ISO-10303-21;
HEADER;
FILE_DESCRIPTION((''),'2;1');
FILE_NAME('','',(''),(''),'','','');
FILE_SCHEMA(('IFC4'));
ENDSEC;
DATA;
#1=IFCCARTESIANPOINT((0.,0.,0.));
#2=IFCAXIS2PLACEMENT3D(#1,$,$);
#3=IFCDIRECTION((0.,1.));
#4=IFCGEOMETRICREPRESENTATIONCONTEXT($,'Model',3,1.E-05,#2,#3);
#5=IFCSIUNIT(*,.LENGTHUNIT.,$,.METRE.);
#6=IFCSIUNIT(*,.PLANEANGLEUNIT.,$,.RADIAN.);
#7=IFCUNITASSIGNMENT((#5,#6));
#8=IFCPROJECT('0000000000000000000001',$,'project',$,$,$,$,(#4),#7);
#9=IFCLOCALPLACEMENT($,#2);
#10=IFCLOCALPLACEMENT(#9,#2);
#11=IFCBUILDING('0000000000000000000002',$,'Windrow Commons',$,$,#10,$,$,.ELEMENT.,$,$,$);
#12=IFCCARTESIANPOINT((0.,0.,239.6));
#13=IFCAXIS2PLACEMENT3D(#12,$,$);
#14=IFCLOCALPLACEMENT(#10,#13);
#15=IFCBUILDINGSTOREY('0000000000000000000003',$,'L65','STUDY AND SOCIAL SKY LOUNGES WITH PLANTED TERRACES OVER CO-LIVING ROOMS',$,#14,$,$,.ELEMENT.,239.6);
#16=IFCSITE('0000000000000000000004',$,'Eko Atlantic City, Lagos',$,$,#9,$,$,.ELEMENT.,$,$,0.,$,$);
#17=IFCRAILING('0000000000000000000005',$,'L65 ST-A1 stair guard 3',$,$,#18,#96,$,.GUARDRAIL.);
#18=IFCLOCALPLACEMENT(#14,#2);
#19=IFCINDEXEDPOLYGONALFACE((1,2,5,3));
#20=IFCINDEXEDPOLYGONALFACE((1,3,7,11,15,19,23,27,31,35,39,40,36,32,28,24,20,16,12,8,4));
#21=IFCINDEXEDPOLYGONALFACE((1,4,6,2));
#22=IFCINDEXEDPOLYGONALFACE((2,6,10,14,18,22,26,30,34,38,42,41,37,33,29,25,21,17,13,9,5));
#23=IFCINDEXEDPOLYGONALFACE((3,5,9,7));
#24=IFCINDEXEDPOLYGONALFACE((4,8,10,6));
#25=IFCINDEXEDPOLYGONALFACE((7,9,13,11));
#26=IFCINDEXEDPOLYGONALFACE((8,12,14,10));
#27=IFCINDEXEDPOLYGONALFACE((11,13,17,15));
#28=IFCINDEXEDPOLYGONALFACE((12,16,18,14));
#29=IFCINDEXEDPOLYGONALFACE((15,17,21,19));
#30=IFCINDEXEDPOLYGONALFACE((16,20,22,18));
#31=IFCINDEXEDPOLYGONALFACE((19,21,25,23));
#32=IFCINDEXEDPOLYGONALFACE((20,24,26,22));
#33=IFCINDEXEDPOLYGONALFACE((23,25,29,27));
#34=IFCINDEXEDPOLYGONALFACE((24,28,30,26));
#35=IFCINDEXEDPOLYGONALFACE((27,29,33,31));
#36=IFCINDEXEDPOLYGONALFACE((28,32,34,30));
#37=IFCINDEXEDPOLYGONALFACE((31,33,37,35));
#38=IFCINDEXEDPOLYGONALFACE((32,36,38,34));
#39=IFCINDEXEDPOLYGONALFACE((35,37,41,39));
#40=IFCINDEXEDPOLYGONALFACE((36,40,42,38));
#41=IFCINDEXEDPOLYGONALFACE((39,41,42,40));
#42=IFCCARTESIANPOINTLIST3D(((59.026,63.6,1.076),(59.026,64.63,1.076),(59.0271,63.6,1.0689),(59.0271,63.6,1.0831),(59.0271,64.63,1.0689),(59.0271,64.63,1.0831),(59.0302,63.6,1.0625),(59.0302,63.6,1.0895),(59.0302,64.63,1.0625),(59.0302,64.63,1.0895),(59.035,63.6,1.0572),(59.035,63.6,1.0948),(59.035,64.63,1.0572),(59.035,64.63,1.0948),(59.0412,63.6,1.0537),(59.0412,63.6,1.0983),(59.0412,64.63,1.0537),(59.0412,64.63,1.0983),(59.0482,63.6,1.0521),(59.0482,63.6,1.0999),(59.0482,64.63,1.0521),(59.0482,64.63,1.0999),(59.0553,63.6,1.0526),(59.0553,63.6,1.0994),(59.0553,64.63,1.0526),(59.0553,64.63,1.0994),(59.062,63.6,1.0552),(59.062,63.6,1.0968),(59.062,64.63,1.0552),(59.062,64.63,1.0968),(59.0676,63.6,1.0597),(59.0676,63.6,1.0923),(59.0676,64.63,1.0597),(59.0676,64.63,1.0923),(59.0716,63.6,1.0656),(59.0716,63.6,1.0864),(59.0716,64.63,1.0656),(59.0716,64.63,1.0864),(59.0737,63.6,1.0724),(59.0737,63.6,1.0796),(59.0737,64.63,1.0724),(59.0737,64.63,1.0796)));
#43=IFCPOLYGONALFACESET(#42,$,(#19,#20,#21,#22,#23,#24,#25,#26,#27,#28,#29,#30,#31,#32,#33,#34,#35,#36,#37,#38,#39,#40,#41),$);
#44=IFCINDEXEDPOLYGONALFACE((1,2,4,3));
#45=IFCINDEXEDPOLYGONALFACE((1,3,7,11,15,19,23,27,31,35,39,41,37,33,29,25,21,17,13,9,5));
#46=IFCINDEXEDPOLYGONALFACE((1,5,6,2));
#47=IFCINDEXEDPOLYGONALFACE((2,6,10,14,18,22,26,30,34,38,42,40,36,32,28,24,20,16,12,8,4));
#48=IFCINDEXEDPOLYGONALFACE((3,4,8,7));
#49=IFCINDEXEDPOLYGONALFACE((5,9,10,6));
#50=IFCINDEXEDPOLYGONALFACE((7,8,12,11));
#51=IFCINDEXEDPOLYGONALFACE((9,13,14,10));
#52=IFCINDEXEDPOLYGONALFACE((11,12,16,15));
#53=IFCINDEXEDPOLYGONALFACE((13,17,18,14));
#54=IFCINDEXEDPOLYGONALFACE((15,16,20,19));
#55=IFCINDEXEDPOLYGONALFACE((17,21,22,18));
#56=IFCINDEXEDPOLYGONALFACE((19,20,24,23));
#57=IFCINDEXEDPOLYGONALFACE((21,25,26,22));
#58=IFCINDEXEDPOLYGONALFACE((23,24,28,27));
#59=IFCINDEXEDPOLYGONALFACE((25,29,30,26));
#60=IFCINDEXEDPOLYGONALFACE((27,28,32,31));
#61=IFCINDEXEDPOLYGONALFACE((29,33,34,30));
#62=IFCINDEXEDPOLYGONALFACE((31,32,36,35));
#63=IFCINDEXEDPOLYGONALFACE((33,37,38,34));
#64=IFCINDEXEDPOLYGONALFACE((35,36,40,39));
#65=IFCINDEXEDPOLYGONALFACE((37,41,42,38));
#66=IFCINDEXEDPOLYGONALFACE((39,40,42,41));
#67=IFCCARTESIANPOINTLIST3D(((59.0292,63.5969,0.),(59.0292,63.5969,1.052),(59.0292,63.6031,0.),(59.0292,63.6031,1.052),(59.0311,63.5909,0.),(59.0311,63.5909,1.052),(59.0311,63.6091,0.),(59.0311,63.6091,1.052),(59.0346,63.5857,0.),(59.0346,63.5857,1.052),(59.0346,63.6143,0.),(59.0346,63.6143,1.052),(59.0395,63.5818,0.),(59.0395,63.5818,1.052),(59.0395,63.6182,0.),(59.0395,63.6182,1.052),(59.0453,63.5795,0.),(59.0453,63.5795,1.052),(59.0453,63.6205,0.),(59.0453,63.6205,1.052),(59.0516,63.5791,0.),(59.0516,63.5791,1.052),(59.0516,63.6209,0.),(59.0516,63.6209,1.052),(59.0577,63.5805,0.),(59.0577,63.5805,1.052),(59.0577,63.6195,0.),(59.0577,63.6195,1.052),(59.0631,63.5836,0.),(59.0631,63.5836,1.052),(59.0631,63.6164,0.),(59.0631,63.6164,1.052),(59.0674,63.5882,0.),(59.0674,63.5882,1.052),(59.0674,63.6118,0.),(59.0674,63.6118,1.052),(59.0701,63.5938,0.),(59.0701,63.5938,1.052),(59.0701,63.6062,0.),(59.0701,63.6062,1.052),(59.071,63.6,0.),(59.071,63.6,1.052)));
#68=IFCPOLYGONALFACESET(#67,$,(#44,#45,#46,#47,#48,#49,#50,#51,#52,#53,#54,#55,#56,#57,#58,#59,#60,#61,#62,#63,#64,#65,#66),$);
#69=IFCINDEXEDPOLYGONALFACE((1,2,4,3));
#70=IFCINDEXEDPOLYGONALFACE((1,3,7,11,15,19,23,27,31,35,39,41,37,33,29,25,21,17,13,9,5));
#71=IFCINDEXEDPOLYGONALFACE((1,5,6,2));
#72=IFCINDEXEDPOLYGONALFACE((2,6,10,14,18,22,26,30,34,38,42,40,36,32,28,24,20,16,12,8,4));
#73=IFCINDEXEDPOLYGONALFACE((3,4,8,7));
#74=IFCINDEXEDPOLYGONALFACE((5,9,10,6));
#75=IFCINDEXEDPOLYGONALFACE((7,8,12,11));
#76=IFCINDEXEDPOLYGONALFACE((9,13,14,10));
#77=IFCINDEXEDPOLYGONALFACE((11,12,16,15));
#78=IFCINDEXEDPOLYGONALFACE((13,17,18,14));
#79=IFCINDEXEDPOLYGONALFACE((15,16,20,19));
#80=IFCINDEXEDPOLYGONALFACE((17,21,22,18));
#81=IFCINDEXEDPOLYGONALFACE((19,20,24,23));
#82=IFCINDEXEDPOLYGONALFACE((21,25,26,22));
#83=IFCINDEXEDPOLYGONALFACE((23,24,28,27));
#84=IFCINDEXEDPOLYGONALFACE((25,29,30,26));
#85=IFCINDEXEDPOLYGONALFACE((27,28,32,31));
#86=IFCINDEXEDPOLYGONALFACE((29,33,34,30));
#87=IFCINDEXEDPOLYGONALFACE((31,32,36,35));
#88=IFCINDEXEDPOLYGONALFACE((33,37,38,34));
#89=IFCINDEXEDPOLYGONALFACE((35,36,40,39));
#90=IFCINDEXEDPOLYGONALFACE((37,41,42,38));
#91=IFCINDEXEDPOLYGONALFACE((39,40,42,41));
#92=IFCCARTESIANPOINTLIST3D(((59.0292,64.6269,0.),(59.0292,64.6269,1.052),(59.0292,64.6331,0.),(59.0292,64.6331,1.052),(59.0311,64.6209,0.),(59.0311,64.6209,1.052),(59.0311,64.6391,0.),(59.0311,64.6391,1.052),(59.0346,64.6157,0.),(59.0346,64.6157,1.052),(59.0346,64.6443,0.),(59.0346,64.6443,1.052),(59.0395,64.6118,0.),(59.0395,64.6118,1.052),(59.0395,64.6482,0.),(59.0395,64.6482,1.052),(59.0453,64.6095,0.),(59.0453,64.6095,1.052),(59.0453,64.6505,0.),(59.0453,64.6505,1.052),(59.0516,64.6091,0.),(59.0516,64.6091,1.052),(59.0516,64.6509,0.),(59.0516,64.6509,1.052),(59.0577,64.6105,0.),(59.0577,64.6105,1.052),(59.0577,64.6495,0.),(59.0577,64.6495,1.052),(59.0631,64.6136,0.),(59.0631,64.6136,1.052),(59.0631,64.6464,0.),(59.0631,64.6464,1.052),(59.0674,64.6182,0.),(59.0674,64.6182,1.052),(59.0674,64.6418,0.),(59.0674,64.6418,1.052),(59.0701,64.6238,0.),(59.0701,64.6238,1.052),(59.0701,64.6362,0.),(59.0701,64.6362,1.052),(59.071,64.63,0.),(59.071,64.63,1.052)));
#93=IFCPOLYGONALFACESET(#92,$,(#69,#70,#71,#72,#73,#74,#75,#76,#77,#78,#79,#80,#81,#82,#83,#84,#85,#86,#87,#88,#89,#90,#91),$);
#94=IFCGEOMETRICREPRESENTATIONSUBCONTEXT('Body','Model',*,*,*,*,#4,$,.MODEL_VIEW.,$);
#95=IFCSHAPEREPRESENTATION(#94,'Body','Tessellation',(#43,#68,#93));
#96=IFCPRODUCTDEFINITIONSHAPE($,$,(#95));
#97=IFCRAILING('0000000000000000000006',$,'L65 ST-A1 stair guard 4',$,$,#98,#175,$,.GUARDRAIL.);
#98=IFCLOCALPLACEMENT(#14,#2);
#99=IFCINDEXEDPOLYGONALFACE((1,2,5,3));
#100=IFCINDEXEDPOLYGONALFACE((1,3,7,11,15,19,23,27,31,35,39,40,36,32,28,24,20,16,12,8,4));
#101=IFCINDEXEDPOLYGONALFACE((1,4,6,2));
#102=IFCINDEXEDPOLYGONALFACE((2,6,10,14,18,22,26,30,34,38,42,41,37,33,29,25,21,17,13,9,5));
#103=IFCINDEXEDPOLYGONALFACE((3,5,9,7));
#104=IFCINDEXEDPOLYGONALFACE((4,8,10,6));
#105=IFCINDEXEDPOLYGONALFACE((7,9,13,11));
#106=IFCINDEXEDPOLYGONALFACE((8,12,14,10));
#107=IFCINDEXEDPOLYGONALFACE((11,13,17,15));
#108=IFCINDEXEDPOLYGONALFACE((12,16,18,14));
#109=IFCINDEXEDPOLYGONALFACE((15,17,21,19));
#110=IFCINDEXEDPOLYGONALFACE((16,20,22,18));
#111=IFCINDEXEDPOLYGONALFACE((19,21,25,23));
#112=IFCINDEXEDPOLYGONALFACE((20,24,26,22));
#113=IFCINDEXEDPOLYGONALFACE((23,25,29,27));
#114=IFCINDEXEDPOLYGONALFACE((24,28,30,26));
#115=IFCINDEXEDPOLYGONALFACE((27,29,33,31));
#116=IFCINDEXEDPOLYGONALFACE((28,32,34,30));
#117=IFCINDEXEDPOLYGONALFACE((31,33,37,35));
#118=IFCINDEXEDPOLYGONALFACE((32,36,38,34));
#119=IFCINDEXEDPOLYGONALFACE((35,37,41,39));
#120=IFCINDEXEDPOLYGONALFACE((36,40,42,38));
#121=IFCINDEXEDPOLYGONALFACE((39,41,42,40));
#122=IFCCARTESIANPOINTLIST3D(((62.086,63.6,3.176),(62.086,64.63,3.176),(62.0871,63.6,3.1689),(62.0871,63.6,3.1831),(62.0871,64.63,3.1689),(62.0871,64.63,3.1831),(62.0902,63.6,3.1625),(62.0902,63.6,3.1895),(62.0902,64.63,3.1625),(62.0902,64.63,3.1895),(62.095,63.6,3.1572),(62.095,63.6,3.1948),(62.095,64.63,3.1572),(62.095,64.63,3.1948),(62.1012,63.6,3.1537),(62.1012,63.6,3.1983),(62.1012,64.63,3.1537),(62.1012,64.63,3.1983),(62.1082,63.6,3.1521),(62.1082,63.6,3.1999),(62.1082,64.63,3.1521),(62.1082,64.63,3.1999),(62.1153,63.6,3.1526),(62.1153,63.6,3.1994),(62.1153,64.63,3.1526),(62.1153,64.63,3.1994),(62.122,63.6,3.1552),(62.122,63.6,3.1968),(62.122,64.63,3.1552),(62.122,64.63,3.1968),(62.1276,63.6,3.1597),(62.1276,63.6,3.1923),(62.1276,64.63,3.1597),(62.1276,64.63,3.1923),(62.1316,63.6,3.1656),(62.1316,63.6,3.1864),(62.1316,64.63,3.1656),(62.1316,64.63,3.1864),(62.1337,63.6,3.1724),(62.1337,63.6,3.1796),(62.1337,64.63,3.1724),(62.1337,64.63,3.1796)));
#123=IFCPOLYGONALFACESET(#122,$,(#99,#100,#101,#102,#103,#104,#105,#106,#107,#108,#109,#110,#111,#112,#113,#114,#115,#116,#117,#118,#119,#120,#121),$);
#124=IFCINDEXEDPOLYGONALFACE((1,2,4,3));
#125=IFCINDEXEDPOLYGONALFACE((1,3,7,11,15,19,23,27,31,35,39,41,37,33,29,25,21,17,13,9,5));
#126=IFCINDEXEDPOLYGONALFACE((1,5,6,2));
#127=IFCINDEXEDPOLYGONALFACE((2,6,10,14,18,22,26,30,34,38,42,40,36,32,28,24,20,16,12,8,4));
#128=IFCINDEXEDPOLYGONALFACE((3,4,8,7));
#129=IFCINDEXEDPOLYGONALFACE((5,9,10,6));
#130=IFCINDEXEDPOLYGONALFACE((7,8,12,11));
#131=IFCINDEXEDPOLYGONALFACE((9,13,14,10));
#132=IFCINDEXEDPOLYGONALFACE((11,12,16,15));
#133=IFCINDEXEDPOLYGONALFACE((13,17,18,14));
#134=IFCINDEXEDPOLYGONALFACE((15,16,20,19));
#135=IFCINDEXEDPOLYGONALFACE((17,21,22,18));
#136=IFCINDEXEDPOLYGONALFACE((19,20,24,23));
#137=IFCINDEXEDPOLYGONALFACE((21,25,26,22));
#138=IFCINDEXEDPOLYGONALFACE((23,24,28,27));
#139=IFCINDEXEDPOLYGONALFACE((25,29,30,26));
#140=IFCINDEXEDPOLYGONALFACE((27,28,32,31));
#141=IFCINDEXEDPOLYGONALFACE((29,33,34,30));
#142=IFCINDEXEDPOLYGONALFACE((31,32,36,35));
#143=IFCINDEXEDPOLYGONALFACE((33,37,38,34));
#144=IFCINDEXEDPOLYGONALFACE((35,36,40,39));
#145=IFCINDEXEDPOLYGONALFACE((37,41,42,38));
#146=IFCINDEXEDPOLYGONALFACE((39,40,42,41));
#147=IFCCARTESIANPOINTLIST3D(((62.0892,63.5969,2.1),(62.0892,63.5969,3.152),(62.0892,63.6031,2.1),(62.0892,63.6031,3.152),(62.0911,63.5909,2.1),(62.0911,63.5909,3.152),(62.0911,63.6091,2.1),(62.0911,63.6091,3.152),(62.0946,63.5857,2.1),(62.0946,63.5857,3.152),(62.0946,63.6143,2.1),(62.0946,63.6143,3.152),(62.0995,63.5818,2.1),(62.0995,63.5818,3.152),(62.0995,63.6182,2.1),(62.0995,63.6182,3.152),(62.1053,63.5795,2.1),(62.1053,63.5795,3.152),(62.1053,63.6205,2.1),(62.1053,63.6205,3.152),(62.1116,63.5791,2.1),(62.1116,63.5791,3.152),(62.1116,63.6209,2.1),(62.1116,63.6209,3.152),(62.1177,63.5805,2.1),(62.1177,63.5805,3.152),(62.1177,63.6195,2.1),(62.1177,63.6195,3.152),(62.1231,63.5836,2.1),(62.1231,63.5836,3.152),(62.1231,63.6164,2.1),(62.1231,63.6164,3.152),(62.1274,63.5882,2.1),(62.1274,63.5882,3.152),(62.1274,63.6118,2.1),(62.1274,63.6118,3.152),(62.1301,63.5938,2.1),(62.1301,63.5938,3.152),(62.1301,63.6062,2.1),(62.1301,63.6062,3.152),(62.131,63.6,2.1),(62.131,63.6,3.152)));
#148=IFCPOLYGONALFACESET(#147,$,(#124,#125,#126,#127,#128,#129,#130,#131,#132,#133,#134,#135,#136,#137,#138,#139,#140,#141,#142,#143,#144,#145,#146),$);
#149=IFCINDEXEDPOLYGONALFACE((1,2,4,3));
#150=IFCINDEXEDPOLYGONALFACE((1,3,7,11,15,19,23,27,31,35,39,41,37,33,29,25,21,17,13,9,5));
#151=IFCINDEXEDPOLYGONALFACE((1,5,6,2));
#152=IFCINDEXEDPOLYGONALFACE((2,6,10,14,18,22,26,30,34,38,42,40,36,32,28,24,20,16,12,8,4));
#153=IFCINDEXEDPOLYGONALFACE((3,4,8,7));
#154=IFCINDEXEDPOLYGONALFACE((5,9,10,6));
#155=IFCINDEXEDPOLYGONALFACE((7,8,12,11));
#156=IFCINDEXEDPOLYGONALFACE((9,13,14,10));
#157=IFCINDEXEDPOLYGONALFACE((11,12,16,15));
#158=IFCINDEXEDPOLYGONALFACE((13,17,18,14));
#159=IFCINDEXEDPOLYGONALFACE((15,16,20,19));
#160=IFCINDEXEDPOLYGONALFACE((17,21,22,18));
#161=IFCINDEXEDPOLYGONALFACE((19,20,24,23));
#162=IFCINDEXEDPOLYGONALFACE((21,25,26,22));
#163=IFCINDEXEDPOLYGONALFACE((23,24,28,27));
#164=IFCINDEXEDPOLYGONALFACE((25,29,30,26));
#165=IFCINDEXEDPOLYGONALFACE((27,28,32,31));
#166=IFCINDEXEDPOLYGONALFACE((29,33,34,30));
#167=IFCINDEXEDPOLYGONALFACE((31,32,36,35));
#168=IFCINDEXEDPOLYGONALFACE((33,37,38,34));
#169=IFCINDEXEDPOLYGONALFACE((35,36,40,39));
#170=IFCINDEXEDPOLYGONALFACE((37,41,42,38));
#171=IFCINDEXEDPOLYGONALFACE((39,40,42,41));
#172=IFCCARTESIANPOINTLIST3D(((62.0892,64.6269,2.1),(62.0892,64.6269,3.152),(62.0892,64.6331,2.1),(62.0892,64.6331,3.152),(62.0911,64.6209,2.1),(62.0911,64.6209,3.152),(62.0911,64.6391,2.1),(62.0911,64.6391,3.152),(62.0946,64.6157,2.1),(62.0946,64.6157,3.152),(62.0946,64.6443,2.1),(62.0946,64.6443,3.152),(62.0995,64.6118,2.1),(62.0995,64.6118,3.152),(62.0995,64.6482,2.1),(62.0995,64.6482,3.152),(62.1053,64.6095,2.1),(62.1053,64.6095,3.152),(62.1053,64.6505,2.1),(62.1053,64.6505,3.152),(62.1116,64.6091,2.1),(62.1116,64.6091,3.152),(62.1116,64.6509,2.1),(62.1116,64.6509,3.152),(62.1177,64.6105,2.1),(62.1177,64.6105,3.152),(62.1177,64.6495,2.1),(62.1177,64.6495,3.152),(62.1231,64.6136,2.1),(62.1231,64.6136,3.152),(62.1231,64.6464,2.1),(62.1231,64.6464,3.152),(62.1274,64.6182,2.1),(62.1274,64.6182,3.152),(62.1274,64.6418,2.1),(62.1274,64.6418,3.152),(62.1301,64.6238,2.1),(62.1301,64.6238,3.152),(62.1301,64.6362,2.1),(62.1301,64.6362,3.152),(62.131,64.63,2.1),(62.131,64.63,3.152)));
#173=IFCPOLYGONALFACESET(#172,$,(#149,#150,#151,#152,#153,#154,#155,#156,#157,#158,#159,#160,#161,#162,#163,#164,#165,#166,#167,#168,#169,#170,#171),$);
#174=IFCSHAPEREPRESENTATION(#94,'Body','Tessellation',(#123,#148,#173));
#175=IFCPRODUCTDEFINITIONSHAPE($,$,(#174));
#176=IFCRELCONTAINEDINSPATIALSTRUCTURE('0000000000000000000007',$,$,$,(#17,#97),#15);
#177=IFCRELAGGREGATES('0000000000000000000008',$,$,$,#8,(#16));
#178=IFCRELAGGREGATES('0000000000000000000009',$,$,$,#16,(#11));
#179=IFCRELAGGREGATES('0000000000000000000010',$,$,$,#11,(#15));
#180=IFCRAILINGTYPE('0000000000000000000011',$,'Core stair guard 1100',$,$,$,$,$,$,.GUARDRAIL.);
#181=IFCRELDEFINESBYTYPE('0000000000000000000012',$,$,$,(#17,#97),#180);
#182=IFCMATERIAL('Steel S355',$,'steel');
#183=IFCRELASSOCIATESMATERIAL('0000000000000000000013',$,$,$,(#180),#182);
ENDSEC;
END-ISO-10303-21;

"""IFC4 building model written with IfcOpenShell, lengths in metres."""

from ifc_helpers import new_model, si_unit, direction, frame, origin, origin_2d, place, context, subcontext, project, spatial, circle, extrude, material, type_object, element, save


model = new_model("IFC4")

# Units and contexts
model_context = context("Model", 3, precision=1e-05, world=origin(), true_north=direction((0.0, 1.0)))
body_context = subcontext(model_context, "Body", "Model", "MODEL_VIEW")
ifc_project = project(units=[si_unit("LENGTHUNIT", "METRE"), si_unit("PLANEANGLEUNIT", "RADIAN")], contexts=[model_context])

# Site, building, storey
site_placement = place(None, origin())
site = spatial("IfcSite", under=ifc_project, at=site_placement, Name="Eko Atlantic City, Lagos", CompositionType="ELEMENT", RefElevation=0.0)
building_placement = place(site_placement, origin())
building = spatial("IfcBuilding", under=site, at=building_placement, Name="Windrow Commons", CompositionType="ELEMENT")
storey_placement = place(building_placement, frame((0.0, 0.0, 239.6)))
storey = spatial("IfcBuildingStorey", under=building, at=storey_placement, Name="L65", Description="STUDY AND SOCIAL SKY LOUNGES WITH PLANTED TERRACES OVER CO-LIVING ROOMS", CompositionType="ELEMENT", Elevation=239.6)

# Railings
ifc_material_1 = material(Name="Steel S355", Category="steel")
railing_type_1 = type_object("IfcRailingType", Name="Core stair guard 1100", PredefinedType="GUARDRAIL", material=ifc_material_1)
for number, where, name in (
    (1, (59.05, 63.6, 0.0), "L65 ST-A1 stair guard 3"),
    (2, (62.11, 63.6, 2.1), "L65 ST-A1 stair guard 4"),
):
    element("IfcRailing", number, at=place(storey_placement, frame(where)), inside=storey, type_object=railing_type_1, Name=name, PredefinedType="GUARDRAIL", context=body_context, shape_type="SweptSolid", body=[
        extrude(circle(Radius=0.024, at=origin_2d()), frame((0.0, 0.0, 1.076), z_axis=(0.0, 1.0, 0.0), x_axis=(-1.0, 0.0, 0.0)), (0.0, 0.0, 1.0), 1.03),
        extrude(circle(Radius=0.021, at=origin_2d()), origin(), (0.0, 0.0, 1.0), 1.052),
        extrude(circle(Radius=0.021, at=origin_2d()), frame((0.0, 1.03, 0.0)), (0.0, 0.0, 1.0), 1.052),
    ])

save(model, "model.ifc")
